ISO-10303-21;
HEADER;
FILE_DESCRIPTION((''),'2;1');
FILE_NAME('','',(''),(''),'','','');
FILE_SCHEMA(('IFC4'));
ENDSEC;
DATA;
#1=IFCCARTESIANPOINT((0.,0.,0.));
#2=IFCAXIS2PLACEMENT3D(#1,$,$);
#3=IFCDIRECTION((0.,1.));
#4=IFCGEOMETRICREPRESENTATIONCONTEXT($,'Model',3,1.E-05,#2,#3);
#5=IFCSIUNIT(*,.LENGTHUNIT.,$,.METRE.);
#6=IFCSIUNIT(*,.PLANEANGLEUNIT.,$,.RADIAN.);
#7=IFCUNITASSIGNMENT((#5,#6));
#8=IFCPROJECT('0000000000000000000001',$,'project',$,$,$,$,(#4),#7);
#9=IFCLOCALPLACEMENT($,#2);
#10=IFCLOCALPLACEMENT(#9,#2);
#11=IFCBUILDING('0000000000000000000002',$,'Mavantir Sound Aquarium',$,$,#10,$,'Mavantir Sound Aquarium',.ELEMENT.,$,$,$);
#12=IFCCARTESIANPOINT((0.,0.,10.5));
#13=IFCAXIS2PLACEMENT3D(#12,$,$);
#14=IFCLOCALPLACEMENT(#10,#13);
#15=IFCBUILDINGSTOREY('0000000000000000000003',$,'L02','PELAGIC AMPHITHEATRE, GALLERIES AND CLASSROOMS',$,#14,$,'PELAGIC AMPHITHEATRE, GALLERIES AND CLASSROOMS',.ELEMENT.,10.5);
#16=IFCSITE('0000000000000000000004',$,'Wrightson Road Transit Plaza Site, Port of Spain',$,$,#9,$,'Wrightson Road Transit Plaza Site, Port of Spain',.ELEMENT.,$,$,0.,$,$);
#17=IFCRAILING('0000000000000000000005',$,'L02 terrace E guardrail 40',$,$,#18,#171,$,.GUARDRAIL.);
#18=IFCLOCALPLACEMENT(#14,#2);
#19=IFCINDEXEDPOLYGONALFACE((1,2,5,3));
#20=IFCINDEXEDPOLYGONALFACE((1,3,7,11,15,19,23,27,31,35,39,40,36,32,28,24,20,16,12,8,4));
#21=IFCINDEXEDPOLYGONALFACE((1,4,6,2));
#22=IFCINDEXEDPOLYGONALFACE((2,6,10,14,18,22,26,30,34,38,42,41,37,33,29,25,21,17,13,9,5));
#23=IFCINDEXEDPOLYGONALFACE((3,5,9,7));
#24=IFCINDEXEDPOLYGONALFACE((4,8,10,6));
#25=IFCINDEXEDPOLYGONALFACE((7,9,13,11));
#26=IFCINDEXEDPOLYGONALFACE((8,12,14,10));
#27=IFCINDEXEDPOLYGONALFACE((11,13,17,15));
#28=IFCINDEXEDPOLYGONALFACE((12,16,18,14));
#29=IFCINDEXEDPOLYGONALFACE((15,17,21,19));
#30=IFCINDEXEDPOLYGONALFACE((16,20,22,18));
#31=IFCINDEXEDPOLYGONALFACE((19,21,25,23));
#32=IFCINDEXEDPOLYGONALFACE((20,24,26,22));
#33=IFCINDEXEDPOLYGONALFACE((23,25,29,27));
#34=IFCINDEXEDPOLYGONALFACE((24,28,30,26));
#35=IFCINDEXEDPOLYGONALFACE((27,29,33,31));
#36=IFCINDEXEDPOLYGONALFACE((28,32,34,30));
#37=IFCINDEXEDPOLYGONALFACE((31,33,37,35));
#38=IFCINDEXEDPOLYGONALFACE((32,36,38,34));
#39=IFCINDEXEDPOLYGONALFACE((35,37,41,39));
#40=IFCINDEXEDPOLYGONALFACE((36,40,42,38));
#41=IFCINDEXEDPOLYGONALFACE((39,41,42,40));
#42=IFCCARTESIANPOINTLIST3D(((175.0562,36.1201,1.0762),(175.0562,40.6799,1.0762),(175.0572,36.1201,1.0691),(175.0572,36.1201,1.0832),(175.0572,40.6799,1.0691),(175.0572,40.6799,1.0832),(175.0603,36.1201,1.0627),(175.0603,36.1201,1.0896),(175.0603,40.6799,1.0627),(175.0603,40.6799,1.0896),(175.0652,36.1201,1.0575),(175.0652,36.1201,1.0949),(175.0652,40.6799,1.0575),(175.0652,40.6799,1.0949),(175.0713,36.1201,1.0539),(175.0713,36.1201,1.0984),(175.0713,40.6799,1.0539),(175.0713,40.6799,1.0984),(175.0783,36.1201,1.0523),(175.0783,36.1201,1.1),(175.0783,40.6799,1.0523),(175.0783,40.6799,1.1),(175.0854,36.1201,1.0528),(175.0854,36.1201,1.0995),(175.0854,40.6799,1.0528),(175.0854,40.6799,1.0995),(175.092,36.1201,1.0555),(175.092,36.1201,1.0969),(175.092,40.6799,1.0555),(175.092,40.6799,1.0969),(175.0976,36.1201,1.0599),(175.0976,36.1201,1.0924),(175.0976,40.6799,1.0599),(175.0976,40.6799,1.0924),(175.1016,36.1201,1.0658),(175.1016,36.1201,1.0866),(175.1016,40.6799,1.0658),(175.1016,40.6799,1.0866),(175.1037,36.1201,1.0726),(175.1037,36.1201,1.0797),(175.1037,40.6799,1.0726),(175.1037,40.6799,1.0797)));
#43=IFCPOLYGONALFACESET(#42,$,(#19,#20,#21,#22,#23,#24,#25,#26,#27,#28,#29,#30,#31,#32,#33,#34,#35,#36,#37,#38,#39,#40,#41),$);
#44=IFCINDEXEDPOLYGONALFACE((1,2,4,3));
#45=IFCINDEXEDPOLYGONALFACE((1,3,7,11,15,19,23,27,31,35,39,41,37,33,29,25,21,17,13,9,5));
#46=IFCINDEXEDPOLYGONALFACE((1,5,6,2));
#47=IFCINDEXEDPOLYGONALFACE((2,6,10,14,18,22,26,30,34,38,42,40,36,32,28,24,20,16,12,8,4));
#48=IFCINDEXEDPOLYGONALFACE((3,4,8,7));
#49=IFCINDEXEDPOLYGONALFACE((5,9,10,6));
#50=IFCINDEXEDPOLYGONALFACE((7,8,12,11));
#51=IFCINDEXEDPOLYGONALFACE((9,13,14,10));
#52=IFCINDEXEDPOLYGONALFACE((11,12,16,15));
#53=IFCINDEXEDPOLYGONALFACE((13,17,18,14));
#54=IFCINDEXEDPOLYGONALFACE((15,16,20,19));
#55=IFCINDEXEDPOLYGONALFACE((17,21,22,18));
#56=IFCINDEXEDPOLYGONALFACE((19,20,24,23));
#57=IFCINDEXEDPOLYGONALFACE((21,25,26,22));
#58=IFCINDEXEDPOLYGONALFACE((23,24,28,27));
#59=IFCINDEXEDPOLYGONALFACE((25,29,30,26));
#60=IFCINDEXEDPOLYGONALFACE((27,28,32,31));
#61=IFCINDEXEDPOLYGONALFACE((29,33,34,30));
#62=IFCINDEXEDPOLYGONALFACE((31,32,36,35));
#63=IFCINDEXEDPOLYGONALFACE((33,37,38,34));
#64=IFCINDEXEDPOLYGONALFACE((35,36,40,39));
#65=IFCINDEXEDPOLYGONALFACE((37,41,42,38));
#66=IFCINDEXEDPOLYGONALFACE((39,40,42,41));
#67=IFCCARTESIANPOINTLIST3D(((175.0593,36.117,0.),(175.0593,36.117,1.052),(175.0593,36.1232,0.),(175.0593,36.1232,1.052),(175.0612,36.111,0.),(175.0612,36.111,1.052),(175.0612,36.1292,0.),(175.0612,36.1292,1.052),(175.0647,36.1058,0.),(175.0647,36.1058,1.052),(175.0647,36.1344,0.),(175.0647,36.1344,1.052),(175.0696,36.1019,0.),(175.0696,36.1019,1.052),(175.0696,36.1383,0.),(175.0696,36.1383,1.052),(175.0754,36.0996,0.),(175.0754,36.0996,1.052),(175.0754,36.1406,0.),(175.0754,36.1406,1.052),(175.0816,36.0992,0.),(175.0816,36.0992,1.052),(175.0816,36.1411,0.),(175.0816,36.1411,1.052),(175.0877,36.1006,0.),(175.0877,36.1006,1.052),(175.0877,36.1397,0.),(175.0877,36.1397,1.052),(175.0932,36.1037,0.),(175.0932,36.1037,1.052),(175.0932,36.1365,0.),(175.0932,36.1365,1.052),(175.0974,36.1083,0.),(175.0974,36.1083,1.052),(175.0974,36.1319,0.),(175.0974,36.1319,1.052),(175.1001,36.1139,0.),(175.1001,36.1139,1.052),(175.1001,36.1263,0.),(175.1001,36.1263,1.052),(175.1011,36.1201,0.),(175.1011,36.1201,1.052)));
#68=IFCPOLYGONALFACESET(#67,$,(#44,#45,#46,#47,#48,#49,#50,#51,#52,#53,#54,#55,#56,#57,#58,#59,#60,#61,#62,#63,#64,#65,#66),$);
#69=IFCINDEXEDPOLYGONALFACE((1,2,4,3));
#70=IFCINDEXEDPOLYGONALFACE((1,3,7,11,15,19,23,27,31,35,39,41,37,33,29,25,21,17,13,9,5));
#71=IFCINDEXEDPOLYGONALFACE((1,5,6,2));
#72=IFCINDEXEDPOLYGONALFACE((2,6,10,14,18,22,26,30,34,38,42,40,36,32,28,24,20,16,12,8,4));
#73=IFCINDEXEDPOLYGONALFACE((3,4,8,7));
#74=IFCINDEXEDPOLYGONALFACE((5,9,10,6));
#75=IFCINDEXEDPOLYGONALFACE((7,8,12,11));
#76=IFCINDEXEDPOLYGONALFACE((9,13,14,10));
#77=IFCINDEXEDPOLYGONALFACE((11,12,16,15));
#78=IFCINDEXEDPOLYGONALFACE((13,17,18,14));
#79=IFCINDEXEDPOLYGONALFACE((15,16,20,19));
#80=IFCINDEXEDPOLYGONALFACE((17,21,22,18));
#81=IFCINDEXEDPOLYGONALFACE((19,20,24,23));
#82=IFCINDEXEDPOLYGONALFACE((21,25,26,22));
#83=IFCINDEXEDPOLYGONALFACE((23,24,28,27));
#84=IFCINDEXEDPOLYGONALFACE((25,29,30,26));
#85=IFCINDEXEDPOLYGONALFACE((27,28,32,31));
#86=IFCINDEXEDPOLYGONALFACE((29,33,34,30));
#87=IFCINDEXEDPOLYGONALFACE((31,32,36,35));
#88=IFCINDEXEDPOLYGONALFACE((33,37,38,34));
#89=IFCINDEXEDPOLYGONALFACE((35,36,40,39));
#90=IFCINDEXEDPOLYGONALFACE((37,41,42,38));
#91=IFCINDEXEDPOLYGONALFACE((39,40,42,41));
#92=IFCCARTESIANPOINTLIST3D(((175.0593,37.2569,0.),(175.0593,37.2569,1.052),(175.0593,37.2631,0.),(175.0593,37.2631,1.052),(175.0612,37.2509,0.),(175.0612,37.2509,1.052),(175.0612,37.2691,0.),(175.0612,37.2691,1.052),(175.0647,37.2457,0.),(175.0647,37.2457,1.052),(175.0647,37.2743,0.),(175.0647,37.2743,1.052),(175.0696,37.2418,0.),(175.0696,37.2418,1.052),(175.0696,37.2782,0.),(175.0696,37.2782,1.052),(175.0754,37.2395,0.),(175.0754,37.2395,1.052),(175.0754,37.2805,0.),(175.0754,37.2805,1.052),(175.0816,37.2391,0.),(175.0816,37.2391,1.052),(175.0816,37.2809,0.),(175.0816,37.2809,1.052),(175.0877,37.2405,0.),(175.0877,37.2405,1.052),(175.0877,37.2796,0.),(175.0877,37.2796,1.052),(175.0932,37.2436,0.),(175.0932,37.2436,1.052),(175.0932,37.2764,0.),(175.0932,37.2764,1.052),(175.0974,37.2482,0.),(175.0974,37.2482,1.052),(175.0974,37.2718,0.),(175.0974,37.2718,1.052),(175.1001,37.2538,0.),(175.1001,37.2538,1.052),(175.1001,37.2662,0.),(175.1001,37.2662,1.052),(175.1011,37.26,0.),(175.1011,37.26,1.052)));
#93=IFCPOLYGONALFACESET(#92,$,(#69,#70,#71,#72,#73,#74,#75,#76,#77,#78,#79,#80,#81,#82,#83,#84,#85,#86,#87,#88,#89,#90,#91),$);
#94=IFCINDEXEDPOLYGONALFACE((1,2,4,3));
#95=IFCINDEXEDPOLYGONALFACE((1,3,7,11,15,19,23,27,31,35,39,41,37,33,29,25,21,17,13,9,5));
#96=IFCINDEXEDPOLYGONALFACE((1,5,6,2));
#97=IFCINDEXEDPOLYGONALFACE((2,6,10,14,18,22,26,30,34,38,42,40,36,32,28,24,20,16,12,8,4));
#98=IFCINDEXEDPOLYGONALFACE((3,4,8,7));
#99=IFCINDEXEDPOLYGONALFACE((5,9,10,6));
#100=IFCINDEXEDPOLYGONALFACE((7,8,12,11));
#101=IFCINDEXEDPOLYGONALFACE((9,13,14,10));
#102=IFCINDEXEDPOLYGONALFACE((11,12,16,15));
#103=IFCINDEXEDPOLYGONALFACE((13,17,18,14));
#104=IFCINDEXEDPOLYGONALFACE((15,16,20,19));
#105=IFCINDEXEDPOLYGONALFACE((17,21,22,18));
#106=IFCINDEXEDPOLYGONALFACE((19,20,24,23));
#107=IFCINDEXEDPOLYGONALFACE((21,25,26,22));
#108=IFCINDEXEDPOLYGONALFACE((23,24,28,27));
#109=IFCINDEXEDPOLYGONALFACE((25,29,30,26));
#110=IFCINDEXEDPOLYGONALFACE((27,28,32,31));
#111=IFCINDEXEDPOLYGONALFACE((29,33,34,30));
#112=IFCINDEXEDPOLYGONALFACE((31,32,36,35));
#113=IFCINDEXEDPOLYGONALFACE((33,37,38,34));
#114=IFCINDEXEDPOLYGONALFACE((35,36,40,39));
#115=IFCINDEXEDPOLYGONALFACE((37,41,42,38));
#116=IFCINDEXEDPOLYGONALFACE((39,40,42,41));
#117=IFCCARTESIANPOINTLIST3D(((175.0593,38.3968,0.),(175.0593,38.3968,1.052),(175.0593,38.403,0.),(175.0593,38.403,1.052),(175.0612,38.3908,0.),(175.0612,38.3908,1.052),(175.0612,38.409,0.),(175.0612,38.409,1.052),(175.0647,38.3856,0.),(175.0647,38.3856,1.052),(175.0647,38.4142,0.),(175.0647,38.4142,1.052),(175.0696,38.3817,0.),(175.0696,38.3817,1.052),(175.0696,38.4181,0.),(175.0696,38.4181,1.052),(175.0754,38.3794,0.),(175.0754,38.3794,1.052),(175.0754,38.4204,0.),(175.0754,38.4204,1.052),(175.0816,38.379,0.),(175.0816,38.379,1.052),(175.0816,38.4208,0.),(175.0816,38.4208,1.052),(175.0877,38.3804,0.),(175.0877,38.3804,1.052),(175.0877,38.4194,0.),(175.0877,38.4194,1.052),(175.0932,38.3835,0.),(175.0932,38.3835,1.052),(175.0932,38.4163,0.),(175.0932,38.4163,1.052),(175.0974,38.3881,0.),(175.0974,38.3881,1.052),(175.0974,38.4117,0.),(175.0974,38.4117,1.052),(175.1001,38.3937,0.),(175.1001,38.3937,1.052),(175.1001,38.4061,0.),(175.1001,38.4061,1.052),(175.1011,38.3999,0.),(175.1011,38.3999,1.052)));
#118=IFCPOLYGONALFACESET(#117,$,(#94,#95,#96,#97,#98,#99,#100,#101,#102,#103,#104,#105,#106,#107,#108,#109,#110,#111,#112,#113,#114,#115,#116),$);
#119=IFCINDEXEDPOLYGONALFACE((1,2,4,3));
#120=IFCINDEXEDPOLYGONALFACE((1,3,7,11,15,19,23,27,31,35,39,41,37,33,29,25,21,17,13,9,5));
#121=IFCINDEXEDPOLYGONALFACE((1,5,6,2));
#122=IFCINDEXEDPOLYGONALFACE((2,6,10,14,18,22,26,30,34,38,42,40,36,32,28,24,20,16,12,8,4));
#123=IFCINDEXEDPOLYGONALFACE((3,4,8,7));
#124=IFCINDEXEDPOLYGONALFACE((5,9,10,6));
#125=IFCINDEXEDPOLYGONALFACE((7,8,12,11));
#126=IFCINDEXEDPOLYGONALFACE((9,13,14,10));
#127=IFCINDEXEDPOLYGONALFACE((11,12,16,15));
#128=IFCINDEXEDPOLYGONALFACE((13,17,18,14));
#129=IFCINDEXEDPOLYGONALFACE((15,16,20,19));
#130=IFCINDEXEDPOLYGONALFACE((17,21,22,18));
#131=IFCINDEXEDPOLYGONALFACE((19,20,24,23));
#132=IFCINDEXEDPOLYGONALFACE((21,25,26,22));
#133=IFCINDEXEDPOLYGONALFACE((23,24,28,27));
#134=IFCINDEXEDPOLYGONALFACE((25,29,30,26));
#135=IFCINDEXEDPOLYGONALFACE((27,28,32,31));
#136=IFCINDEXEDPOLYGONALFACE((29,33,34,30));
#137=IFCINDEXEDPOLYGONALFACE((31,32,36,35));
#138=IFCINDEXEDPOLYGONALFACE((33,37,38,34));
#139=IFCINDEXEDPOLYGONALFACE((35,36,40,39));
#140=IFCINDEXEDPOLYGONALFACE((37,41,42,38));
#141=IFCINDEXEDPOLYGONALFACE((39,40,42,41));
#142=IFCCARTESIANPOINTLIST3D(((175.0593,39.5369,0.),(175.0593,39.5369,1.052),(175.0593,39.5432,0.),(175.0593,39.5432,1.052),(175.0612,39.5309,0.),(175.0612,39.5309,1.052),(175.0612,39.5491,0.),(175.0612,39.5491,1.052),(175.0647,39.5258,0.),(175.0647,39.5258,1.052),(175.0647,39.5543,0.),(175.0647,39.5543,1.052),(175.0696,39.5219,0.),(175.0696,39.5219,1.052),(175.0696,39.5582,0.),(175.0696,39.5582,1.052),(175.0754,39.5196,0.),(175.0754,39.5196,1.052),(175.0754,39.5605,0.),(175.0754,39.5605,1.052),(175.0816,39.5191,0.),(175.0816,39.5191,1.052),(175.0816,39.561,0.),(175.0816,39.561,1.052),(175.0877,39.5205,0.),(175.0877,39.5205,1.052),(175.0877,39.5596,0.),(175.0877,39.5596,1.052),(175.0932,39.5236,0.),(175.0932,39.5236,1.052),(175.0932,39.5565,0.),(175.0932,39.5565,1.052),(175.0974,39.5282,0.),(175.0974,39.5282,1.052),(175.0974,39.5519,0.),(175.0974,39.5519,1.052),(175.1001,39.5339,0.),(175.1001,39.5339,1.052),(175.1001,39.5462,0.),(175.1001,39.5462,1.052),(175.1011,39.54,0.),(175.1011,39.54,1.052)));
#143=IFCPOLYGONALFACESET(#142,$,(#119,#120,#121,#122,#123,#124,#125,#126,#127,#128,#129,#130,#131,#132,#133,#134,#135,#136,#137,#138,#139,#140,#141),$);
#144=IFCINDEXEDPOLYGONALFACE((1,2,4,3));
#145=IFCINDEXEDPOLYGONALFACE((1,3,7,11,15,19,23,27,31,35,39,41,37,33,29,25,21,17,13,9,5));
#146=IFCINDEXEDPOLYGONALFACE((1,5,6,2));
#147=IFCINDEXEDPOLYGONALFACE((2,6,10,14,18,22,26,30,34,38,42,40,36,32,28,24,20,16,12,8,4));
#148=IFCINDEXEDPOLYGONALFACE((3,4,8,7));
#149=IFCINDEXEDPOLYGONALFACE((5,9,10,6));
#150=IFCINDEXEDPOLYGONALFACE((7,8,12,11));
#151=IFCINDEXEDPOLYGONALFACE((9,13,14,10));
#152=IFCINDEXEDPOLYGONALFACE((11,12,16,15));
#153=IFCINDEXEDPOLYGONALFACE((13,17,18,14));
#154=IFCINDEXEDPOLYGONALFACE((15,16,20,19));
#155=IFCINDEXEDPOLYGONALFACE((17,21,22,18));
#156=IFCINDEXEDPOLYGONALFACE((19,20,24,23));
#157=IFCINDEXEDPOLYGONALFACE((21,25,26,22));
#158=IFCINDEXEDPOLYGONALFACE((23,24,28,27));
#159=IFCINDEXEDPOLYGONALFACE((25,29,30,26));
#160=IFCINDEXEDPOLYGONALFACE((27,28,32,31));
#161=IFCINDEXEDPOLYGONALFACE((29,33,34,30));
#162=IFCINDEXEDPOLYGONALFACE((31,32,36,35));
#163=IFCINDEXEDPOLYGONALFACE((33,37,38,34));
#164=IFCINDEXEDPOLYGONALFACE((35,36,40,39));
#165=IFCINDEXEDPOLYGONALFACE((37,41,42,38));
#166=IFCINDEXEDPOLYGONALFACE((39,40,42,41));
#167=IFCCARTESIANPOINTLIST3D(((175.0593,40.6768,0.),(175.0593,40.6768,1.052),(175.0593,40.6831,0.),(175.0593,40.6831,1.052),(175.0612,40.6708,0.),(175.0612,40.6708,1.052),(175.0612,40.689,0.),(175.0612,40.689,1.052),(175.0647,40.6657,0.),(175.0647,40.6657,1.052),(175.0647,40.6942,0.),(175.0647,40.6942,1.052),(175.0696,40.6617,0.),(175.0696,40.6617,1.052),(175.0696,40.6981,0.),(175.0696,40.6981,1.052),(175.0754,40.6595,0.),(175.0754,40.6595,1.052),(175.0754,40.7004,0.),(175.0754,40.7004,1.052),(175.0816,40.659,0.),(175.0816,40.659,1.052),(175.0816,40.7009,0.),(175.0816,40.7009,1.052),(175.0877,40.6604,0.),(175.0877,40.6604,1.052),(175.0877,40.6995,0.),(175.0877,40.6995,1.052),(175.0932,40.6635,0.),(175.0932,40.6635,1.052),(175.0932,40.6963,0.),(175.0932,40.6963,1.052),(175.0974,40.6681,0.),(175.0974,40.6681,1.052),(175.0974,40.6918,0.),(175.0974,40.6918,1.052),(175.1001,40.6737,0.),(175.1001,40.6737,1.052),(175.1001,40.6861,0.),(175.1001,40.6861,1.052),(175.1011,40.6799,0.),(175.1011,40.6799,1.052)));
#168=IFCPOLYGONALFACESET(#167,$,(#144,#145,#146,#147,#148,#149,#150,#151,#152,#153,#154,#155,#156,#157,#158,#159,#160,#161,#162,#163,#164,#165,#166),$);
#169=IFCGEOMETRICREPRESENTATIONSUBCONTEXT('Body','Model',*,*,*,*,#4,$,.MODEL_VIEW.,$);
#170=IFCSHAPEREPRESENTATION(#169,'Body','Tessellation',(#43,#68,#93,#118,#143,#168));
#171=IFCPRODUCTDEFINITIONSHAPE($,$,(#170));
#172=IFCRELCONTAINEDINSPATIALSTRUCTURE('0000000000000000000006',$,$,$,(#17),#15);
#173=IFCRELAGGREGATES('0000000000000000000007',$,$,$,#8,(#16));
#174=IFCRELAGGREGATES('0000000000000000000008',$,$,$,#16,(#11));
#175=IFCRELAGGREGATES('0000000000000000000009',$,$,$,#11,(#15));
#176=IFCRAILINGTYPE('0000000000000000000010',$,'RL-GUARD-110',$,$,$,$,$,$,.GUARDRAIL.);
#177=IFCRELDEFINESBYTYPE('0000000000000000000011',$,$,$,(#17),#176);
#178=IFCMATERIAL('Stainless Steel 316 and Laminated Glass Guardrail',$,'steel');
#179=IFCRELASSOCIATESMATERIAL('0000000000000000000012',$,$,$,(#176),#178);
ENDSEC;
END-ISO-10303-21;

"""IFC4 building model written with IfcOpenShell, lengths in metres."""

from ifc_helpers import new_model, si_unit, direction, frame, origin, origin_2d, place, context, subcontext, project, spatial, circle, extrude, material, type_object, element, save


model = new_model("IFC4")

# Units and contexts
model_context = context("Model", 3, precision=1e-05, world=origin(), true_north=direction((0.0, 1.0)))
body_context = subcontext(model_context, "Body", "Model", "MODEL_VIEW")
ifc_project = project(units=[si_unit("LENGTHUNIT", "METRE"), si_unit("PLANEANGLEUNIT", "RADIAN")], contexts=[model_context])

# Site, building, storey
site_placement = place(None, origin())
site = spatial("IfcSite", under=ifc_project, at=site_placement, Name="Wrightson Road Transit Plaza Site, Port of Spain", LongName="Wrightson Road Transit Plaza Site, Port of Spain", CompositionType="ELEMENT", RefElevation=0.0)
building_placement = place(site_placement, origin())
building = spatial("IfcBuilding", under=site, at=building_placement, Name="Mavantir Sound Aquarium", LongName="Mavantir Sound Aquarium", CompositionType="ELEMENT")
storey_placement = place(building_placement, frame((0.0, 0.0, 10.5)))
storey = spatial("IfcBuildingStorey", under=building, at=storey_placement, Name="L02", Description="PELAGIC AMPHITHEATRE, GALLERIES AND CLASSROOMS", LongName="PELAGIC AMPHITHEATRE, GALLERIES AND CLASSROOMS", CompositionType="ELEMENT", Elevation=10.5)

# Railing
ifc_material_1 = material(Name="Stainless Steel 316 and Laminated Glass Guardrail", Category="steel")
railing_type = type_object("IfcRailingType", Name="RL-GUARD-110", PredefinedType="GUARDRAIL", material=ifc_material_1)
railing_placement = place(storey_placement, frame((175.0801, 36.1201, 0.0)))
element("IfcRailing", 1, at=railing_placement, inside=storey, type_object=railing_type, Name="L02 terrace E guardrail 40", PredefinedType="GUARDRAIL", context=body_context, shape_type="SweptSolid", body=[
    extrude(circle(Radius=0.0239, at=origin_2d()), frame((0.0, 0.0, 1.0762), z_axis=(0.0, 1.0, 0.0), x_axis=(-1.0, 0.0, 0.0)), (0.0, 0.0, 1.0), 4.5598),
    extrude(circle(Radius=0.021, at=origin_2d()), origin(), (0.0, 0.0, 1.0), 1.052),
    extrude(circle(Radius=0.021, at=origin_2d()), frame((0.0, 1.1399, 0.0)), (0.0, 0.0, 1.0), 1.052),
    extrude(circle(Radius=0.021, at=origin_2d()), frame((0.0, 2.2798, 0.0)), (0.0, 0.0, 1.0), 1.052),
    extrude(circle(Radius=0.021, at=origin_2d()), frame((0.0, 3.4199, 0.0)), (0.0, 0.0, 1.0), 1.052),
    extrude(circle(Radius=0.021, at=origin_2d()), frame((0.0, 4.5598, 0.0)), (0.0, 0.0, 1.0), 1.052),
])

save(model, "model.ifc")
